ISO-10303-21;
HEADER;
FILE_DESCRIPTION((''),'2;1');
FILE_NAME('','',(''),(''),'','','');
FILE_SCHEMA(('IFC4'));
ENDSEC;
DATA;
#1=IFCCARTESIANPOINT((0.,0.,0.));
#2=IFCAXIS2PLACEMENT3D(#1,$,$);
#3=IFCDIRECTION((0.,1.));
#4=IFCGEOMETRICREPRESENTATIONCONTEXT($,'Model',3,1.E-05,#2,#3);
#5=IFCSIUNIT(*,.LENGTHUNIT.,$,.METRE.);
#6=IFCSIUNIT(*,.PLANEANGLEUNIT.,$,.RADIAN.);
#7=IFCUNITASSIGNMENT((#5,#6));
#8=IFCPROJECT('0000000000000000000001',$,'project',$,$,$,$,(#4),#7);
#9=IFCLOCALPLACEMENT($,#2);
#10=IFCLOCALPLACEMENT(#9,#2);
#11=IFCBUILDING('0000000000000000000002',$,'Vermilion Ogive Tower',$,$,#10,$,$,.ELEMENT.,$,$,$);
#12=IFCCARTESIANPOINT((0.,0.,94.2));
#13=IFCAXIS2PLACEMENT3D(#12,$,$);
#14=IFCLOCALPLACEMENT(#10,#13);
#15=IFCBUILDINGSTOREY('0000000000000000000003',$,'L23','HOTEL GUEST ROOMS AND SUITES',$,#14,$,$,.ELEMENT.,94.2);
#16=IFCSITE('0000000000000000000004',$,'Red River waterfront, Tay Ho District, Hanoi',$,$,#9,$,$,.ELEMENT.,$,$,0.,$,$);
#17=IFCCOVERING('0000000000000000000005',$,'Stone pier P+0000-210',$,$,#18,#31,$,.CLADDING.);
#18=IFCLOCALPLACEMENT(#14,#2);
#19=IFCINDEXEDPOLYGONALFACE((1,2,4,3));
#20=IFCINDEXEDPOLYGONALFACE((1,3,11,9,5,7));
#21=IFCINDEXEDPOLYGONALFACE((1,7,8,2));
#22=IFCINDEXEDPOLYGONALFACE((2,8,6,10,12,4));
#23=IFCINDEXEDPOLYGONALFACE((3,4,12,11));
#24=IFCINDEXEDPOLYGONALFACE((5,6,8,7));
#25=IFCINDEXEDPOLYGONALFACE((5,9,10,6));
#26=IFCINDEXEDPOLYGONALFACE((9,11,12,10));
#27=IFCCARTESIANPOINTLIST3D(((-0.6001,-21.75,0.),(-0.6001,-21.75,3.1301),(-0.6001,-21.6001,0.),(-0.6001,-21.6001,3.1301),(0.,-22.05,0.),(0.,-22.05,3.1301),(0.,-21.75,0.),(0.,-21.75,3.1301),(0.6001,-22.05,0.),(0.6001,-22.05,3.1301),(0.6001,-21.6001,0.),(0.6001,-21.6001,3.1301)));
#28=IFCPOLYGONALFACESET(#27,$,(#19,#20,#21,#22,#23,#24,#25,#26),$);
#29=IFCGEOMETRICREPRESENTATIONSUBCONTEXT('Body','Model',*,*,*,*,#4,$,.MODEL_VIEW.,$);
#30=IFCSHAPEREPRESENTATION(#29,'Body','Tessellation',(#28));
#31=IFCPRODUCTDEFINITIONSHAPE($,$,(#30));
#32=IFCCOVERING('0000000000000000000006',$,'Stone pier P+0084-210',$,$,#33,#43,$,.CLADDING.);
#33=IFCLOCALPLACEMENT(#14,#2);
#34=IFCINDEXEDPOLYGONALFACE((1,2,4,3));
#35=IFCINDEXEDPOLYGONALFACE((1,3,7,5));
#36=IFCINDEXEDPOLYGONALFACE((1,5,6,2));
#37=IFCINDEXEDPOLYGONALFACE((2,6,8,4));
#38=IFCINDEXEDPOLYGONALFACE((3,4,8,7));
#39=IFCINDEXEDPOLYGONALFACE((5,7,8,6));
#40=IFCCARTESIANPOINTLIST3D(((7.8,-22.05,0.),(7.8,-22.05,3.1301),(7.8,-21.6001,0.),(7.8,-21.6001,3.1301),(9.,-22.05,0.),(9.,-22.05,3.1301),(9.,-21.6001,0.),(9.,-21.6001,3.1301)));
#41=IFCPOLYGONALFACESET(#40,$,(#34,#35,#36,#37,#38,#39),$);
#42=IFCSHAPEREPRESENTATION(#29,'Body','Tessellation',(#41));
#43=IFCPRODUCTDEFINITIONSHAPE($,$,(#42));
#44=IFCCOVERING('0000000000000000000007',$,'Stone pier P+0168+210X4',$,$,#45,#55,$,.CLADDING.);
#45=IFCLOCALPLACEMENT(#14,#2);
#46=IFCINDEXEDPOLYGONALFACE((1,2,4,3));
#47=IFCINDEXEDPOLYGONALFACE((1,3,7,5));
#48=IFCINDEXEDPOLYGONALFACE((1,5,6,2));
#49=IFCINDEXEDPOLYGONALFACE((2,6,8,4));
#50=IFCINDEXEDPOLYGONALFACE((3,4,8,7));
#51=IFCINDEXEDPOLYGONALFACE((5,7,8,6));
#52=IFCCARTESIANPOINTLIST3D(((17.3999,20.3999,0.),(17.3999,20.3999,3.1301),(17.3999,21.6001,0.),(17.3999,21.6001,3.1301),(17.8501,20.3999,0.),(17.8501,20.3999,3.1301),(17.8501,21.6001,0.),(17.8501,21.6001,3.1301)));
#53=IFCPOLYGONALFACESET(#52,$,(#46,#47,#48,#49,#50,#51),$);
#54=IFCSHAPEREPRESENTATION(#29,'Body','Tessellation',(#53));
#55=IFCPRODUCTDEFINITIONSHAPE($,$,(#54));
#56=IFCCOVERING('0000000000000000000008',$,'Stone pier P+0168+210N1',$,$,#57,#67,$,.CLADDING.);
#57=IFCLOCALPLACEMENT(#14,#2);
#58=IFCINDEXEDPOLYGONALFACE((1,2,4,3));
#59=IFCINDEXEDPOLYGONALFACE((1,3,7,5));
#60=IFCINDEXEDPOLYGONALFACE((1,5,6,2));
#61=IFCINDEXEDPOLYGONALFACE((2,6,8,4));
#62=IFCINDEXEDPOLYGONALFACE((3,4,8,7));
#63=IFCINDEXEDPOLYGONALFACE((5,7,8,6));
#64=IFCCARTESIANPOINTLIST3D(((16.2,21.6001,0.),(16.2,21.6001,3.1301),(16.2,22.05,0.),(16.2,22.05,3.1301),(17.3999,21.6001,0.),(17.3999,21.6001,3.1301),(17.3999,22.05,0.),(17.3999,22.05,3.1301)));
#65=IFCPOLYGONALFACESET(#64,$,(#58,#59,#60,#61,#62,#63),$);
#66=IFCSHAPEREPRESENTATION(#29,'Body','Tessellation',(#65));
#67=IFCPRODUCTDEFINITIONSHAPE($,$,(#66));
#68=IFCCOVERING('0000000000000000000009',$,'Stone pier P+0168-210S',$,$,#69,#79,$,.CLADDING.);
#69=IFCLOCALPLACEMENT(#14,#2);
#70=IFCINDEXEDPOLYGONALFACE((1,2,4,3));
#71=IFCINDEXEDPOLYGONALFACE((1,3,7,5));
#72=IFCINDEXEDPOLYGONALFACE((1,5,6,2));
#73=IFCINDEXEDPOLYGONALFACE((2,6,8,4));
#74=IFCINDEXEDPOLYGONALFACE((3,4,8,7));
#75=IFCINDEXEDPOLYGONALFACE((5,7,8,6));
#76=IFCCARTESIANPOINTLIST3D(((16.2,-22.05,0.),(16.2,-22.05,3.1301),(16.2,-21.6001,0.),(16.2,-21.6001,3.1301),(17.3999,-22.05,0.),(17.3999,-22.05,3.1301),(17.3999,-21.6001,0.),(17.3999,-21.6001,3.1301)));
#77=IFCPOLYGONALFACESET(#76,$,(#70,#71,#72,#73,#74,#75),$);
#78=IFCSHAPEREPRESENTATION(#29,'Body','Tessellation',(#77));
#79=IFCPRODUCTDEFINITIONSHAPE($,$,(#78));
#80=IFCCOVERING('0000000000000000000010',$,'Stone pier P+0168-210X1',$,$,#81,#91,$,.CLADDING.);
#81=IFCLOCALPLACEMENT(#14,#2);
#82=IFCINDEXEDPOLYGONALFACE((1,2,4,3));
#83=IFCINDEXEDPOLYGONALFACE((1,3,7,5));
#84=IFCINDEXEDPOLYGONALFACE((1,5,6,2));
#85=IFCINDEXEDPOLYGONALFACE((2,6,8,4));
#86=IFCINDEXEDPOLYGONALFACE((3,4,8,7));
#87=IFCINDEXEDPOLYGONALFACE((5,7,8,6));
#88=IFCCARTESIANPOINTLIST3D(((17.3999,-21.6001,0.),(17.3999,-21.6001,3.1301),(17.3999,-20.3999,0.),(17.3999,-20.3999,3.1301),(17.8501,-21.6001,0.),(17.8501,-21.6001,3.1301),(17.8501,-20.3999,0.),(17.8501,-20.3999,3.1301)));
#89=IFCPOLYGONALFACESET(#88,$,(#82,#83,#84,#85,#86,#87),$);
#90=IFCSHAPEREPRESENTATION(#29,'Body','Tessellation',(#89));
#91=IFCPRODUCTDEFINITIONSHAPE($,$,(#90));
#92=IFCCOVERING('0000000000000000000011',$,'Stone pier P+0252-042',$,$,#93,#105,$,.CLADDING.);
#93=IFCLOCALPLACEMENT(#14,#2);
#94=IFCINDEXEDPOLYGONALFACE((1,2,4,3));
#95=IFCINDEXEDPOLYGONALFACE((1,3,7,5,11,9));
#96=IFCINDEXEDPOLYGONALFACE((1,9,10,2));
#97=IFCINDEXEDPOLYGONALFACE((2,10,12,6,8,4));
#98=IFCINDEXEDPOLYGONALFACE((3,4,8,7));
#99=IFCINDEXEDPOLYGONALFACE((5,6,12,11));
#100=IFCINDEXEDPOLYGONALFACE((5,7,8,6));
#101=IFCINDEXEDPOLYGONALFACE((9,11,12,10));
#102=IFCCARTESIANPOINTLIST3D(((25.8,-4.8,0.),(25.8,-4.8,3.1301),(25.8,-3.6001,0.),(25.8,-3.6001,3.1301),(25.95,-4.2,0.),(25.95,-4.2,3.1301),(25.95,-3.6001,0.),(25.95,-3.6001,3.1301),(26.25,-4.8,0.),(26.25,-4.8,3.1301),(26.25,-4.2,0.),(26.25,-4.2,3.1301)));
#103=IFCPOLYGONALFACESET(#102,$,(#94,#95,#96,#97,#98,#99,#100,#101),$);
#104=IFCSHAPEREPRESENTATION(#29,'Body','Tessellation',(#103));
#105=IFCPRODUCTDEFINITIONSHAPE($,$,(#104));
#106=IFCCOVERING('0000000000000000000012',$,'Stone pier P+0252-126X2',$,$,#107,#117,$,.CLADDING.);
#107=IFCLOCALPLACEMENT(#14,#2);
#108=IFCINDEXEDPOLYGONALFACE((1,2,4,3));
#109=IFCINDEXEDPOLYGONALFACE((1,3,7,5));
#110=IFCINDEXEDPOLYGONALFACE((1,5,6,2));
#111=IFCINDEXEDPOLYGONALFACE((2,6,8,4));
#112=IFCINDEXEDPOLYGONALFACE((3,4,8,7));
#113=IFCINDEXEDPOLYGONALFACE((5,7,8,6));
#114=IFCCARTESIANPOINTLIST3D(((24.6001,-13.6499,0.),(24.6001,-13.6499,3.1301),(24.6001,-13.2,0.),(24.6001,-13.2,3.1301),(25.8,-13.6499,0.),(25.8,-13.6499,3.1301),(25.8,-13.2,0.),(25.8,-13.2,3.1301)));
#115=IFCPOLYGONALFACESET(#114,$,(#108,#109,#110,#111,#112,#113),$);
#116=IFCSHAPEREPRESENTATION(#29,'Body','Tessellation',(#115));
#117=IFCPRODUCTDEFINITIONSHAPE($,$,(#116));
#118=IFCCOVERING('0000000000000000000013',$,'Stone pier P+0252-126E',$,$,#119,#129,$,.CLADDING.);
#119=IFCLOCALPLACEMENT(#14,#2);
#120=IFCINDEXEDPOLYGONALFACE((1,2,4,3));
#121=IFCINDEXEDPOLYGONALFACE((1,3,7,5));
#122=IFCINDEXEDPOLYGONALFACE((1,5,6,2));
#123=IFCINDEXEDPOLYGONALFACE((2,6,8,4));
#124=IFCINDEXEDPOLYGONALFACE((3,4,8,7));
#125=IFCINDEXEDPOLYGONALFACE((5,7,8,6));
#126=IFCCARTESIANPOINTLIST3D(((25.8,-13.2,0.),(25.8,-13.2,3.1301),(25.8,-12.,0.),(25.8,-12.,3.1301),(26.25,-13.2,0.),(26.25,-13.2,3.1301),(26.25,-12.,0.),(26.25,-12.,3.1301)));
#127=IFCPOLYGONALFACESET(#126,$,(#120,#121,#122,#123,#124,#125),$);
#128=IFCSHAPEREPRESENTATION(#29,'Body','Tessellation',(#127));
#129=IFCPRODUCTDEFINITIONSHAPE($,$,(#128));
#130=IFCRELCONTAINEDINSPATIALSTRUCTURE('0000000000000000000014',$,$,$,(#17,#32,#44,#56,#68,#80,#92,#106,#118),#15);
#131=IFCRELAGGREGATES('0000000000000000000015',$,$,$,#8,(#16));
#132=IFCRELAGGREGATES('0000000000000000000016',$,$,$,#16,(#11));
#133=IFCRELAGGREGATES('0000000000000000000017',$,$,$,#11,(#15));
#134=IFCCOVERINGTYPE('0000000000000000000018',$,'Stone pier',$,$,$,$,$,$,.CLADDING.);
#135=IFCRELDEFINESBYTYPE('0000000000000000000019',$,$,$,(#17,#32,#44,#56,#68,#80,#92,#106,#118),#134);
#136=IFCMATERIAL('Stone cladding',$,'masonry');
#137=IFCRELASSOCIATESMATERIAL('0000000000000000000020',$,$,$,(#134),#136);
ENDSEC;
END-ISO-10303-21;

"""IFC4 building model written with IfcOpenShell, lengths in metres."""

from ifc_helpers import new_model, si_unit, direction, frame, origin, place, context, subcontext, project, spatial, polyline, outline, extrude, material, type_object, element, save


model = new_model("IFC4")

# Units and contexts
model_context = context("Model", 3, precision=1e-05, world=origin(), true_north=direction((0.0, 1.0)))
body_context = subcontext(model_context, "Body", "Model", "MODEL_VIEW")
ifc_project = project(units=[si_unit("LENGTHUNIT", "METRE"), si_unit("PLANEANGLEUNIT", "RADIAN")], contexts=[model_context])

# Site, building, storey
site_placement = place(None, origin())
site = spatial("IfcSite", under=ifc_project, at=site_placement, Name="Red River waterfront, Tay Ho District, Hanoi", CompositionType="ELEMENT", RefElevation=0.0)
building_placement = place(site_placement, origin())
building = spatial("IfcBuilding", under=site, at=building_placement, Name="Vermilion Ogive Tower", CompositionType="ELEMENT")
storey_placement = place(building_placement, frame((0.0, 0.0, 94.2)))
storey = spatial("IfcBuildingStorey", under=building, at=storey_placement, Name="L23", Description="HOTEL GUEST ROOMS AND SUITES", CompositionType="ELEMENT", Elevation=94.2)

# Coverings
ifc_material_1 = material(Name="Stone cladding", Category="masonry")
covering_type_1 = type_object("IfcCoveringType", Name="Stone pier", PredefinedType="CLADDING", material=ifc_material_1)
covering_1_placement = place(storey_placement, origin())
element("IfcCovering", 1, at=covering_1_placement, inside=storey, type_object=covering_type_1, Name="Stone pier P+0000-210", PredefinedType="CLADDING", context=body_context, shape_type="SweptSolid", body=[
    extrude(outline(polyline([(0.6001, -21.6001), (0.6001, -21.6001), (0.6001, -22.05), (0.0, -22.05), (0.0, -21.75), (-0.6001, -21.75), (-0.6001, -22.05), (-0.6001, -22.05), (-0.6001, -21.6001), (-0.6001, -21.6001), (0.6001, -21.6001)])), origin(), (0.0, 0.0, 1.0), 3.1301),
])
covering_2_placement = place(storey_placement, origin())
element("IfcCovering", 2, at=covering_2_placement, inside=storey, type_object=covering_type_1, Name="Stone pier P+0084-210", PredefinedType="CLADDING", context=body_context, shape_type="SweptSolid", body=[
    extrude(outline(polyline([(9.0, -21.6001), (9.0, -22.05), (7.8, -22.05), (7.8, -21.6001), (9.0, -21.6001), (9.0, -21.6001)])), origin(), (0.0, 0.0, 1.0), 3.1301),
])
covering_3_placement = place(storey_placement, origin())
element("IfcCovering", 3, at=covering_3_placement, inside=storey, type_object=covering_type_1, Name="Stone pier P+0168+210X4", PredefinedType="CLADDING", context=body_context, shape_type="SweptSolid", body=[
    extrude(outline(polyline([(17.8501, 21.6001), (17.8501, 20.3999), (17.3999, 20.3999), (17.3999, 21.6001), (17.8501, 21.6001)])), origin(), (0.0, 0.0, 1.0), 3.1301),
])
covering_4_placement = place(storey_placement, origin())
element("IfcCovering", 4, at=covering_4_placement, inside=storey, type_object=covering_type_1, Name="Stone pier P+0168+210N1", PredefinedType="CLADDING", context=body_context, shape_type="SweptSolid", body=[
    extrude(outline(polyline([(17.3999, 22.05), (17.3999, 21.6001), (16.2, 21.6001), (16.2, 22.05), (17.3999, 22.05)])), origin(), (0.0, 0.0, 1.0), 3.1301),
])
covering_5_placement = place(storey_placement, origin())
element("IfcCovering", 5, at=covering_5_placement, inside=storey, type_object=covering_type_1, Name="Stone pier P+0168-210S", PredefinedType="CLADDING", context=body_context, shape_type="SweptSolid", body=[
    extrude(outline(polyline([(17.3999, -22.05), (16.2, -22.05), (16.2, -21.6001), (17.3999, -21.6001), (17.3999, -22.05)])), origin(), (0.0, 0.0, 1.0), 3.1301),
])
covering_6_placement = place(storey_placement, origin())
element("IfcCovering", 6, at=covering_6_placement, inside=storey, type_object=covering_type_1, Name="Stone pier P+0168-210X1", PredefinedType="CLADDING", context=body_context, shape_type="SweptSolid", body=[
    extrude(outline(polyline([(17.8501, -21.6001), (17.3999, -21.6001), (17.3999, -20.3999), (17.8501, -20.3999), (17.8501, -21.6001)])), origin(), (0.0, 0.0, 1.0), 3.1301),
])
covering_7_placement = place(storey_placement, origin())
element("IfcCovering", 7, at=covering_7_placement, inside=storey, type_object=covering_type_1, Name="Stone pier P+0252-042", PredefinedType="CLADDING", context=body_context, shape_type="SweptSolid", body=[
    extrude(outline(polyline([(25.8, -3.6001), (25.95, -3.6001), (25.95, -4.2), (26.25, -4.2), (26.25, -4.8), (25.8, -4.8), (25.8, -4.8), (25.8, -3.6001)])), origin(), (0.0, 0.0, 1.0), 3.1301),
])
covering_8_placement = place(storey_placement, origin())
element("IfcCovering", 8, at=covering_8_placement, inside=storey, type_object=covering_type_1, Name="Stone pier P+0252-126X2", PredefinedType="CLADDING", context=body_context, shape_type="SweptSolid", body=[
    extrude(outline(polyline([(25.8, -13.2), (25.8, -13.6499), (24.6001, -13.6499), (24.6001, -13.2), (24.6001, -13.2), (25.8, -13.2)])), origin(), (0.0, 0.0, 1.0), 3.1301),
])
covering_9_placement = place(storey_placement, origin())
element("IfcCovering", 9, at=covering_9_placement, inside=storey, type_object=covering_type_1, Name="Stone pier P+0252-126E", PredefinedType="CLADDING", context=body_context, shape_type="SweptSolid", body=[
    extrude(outline(polyline([(26.25, -13.2), (25.8, -13.2), (25.8, -12.0), (26.25, -12.0), (26.25, -13.2)])), origin(), (0.0, 0.0, 1.0), 3.1301),
])

save(model, "model.ifc")
